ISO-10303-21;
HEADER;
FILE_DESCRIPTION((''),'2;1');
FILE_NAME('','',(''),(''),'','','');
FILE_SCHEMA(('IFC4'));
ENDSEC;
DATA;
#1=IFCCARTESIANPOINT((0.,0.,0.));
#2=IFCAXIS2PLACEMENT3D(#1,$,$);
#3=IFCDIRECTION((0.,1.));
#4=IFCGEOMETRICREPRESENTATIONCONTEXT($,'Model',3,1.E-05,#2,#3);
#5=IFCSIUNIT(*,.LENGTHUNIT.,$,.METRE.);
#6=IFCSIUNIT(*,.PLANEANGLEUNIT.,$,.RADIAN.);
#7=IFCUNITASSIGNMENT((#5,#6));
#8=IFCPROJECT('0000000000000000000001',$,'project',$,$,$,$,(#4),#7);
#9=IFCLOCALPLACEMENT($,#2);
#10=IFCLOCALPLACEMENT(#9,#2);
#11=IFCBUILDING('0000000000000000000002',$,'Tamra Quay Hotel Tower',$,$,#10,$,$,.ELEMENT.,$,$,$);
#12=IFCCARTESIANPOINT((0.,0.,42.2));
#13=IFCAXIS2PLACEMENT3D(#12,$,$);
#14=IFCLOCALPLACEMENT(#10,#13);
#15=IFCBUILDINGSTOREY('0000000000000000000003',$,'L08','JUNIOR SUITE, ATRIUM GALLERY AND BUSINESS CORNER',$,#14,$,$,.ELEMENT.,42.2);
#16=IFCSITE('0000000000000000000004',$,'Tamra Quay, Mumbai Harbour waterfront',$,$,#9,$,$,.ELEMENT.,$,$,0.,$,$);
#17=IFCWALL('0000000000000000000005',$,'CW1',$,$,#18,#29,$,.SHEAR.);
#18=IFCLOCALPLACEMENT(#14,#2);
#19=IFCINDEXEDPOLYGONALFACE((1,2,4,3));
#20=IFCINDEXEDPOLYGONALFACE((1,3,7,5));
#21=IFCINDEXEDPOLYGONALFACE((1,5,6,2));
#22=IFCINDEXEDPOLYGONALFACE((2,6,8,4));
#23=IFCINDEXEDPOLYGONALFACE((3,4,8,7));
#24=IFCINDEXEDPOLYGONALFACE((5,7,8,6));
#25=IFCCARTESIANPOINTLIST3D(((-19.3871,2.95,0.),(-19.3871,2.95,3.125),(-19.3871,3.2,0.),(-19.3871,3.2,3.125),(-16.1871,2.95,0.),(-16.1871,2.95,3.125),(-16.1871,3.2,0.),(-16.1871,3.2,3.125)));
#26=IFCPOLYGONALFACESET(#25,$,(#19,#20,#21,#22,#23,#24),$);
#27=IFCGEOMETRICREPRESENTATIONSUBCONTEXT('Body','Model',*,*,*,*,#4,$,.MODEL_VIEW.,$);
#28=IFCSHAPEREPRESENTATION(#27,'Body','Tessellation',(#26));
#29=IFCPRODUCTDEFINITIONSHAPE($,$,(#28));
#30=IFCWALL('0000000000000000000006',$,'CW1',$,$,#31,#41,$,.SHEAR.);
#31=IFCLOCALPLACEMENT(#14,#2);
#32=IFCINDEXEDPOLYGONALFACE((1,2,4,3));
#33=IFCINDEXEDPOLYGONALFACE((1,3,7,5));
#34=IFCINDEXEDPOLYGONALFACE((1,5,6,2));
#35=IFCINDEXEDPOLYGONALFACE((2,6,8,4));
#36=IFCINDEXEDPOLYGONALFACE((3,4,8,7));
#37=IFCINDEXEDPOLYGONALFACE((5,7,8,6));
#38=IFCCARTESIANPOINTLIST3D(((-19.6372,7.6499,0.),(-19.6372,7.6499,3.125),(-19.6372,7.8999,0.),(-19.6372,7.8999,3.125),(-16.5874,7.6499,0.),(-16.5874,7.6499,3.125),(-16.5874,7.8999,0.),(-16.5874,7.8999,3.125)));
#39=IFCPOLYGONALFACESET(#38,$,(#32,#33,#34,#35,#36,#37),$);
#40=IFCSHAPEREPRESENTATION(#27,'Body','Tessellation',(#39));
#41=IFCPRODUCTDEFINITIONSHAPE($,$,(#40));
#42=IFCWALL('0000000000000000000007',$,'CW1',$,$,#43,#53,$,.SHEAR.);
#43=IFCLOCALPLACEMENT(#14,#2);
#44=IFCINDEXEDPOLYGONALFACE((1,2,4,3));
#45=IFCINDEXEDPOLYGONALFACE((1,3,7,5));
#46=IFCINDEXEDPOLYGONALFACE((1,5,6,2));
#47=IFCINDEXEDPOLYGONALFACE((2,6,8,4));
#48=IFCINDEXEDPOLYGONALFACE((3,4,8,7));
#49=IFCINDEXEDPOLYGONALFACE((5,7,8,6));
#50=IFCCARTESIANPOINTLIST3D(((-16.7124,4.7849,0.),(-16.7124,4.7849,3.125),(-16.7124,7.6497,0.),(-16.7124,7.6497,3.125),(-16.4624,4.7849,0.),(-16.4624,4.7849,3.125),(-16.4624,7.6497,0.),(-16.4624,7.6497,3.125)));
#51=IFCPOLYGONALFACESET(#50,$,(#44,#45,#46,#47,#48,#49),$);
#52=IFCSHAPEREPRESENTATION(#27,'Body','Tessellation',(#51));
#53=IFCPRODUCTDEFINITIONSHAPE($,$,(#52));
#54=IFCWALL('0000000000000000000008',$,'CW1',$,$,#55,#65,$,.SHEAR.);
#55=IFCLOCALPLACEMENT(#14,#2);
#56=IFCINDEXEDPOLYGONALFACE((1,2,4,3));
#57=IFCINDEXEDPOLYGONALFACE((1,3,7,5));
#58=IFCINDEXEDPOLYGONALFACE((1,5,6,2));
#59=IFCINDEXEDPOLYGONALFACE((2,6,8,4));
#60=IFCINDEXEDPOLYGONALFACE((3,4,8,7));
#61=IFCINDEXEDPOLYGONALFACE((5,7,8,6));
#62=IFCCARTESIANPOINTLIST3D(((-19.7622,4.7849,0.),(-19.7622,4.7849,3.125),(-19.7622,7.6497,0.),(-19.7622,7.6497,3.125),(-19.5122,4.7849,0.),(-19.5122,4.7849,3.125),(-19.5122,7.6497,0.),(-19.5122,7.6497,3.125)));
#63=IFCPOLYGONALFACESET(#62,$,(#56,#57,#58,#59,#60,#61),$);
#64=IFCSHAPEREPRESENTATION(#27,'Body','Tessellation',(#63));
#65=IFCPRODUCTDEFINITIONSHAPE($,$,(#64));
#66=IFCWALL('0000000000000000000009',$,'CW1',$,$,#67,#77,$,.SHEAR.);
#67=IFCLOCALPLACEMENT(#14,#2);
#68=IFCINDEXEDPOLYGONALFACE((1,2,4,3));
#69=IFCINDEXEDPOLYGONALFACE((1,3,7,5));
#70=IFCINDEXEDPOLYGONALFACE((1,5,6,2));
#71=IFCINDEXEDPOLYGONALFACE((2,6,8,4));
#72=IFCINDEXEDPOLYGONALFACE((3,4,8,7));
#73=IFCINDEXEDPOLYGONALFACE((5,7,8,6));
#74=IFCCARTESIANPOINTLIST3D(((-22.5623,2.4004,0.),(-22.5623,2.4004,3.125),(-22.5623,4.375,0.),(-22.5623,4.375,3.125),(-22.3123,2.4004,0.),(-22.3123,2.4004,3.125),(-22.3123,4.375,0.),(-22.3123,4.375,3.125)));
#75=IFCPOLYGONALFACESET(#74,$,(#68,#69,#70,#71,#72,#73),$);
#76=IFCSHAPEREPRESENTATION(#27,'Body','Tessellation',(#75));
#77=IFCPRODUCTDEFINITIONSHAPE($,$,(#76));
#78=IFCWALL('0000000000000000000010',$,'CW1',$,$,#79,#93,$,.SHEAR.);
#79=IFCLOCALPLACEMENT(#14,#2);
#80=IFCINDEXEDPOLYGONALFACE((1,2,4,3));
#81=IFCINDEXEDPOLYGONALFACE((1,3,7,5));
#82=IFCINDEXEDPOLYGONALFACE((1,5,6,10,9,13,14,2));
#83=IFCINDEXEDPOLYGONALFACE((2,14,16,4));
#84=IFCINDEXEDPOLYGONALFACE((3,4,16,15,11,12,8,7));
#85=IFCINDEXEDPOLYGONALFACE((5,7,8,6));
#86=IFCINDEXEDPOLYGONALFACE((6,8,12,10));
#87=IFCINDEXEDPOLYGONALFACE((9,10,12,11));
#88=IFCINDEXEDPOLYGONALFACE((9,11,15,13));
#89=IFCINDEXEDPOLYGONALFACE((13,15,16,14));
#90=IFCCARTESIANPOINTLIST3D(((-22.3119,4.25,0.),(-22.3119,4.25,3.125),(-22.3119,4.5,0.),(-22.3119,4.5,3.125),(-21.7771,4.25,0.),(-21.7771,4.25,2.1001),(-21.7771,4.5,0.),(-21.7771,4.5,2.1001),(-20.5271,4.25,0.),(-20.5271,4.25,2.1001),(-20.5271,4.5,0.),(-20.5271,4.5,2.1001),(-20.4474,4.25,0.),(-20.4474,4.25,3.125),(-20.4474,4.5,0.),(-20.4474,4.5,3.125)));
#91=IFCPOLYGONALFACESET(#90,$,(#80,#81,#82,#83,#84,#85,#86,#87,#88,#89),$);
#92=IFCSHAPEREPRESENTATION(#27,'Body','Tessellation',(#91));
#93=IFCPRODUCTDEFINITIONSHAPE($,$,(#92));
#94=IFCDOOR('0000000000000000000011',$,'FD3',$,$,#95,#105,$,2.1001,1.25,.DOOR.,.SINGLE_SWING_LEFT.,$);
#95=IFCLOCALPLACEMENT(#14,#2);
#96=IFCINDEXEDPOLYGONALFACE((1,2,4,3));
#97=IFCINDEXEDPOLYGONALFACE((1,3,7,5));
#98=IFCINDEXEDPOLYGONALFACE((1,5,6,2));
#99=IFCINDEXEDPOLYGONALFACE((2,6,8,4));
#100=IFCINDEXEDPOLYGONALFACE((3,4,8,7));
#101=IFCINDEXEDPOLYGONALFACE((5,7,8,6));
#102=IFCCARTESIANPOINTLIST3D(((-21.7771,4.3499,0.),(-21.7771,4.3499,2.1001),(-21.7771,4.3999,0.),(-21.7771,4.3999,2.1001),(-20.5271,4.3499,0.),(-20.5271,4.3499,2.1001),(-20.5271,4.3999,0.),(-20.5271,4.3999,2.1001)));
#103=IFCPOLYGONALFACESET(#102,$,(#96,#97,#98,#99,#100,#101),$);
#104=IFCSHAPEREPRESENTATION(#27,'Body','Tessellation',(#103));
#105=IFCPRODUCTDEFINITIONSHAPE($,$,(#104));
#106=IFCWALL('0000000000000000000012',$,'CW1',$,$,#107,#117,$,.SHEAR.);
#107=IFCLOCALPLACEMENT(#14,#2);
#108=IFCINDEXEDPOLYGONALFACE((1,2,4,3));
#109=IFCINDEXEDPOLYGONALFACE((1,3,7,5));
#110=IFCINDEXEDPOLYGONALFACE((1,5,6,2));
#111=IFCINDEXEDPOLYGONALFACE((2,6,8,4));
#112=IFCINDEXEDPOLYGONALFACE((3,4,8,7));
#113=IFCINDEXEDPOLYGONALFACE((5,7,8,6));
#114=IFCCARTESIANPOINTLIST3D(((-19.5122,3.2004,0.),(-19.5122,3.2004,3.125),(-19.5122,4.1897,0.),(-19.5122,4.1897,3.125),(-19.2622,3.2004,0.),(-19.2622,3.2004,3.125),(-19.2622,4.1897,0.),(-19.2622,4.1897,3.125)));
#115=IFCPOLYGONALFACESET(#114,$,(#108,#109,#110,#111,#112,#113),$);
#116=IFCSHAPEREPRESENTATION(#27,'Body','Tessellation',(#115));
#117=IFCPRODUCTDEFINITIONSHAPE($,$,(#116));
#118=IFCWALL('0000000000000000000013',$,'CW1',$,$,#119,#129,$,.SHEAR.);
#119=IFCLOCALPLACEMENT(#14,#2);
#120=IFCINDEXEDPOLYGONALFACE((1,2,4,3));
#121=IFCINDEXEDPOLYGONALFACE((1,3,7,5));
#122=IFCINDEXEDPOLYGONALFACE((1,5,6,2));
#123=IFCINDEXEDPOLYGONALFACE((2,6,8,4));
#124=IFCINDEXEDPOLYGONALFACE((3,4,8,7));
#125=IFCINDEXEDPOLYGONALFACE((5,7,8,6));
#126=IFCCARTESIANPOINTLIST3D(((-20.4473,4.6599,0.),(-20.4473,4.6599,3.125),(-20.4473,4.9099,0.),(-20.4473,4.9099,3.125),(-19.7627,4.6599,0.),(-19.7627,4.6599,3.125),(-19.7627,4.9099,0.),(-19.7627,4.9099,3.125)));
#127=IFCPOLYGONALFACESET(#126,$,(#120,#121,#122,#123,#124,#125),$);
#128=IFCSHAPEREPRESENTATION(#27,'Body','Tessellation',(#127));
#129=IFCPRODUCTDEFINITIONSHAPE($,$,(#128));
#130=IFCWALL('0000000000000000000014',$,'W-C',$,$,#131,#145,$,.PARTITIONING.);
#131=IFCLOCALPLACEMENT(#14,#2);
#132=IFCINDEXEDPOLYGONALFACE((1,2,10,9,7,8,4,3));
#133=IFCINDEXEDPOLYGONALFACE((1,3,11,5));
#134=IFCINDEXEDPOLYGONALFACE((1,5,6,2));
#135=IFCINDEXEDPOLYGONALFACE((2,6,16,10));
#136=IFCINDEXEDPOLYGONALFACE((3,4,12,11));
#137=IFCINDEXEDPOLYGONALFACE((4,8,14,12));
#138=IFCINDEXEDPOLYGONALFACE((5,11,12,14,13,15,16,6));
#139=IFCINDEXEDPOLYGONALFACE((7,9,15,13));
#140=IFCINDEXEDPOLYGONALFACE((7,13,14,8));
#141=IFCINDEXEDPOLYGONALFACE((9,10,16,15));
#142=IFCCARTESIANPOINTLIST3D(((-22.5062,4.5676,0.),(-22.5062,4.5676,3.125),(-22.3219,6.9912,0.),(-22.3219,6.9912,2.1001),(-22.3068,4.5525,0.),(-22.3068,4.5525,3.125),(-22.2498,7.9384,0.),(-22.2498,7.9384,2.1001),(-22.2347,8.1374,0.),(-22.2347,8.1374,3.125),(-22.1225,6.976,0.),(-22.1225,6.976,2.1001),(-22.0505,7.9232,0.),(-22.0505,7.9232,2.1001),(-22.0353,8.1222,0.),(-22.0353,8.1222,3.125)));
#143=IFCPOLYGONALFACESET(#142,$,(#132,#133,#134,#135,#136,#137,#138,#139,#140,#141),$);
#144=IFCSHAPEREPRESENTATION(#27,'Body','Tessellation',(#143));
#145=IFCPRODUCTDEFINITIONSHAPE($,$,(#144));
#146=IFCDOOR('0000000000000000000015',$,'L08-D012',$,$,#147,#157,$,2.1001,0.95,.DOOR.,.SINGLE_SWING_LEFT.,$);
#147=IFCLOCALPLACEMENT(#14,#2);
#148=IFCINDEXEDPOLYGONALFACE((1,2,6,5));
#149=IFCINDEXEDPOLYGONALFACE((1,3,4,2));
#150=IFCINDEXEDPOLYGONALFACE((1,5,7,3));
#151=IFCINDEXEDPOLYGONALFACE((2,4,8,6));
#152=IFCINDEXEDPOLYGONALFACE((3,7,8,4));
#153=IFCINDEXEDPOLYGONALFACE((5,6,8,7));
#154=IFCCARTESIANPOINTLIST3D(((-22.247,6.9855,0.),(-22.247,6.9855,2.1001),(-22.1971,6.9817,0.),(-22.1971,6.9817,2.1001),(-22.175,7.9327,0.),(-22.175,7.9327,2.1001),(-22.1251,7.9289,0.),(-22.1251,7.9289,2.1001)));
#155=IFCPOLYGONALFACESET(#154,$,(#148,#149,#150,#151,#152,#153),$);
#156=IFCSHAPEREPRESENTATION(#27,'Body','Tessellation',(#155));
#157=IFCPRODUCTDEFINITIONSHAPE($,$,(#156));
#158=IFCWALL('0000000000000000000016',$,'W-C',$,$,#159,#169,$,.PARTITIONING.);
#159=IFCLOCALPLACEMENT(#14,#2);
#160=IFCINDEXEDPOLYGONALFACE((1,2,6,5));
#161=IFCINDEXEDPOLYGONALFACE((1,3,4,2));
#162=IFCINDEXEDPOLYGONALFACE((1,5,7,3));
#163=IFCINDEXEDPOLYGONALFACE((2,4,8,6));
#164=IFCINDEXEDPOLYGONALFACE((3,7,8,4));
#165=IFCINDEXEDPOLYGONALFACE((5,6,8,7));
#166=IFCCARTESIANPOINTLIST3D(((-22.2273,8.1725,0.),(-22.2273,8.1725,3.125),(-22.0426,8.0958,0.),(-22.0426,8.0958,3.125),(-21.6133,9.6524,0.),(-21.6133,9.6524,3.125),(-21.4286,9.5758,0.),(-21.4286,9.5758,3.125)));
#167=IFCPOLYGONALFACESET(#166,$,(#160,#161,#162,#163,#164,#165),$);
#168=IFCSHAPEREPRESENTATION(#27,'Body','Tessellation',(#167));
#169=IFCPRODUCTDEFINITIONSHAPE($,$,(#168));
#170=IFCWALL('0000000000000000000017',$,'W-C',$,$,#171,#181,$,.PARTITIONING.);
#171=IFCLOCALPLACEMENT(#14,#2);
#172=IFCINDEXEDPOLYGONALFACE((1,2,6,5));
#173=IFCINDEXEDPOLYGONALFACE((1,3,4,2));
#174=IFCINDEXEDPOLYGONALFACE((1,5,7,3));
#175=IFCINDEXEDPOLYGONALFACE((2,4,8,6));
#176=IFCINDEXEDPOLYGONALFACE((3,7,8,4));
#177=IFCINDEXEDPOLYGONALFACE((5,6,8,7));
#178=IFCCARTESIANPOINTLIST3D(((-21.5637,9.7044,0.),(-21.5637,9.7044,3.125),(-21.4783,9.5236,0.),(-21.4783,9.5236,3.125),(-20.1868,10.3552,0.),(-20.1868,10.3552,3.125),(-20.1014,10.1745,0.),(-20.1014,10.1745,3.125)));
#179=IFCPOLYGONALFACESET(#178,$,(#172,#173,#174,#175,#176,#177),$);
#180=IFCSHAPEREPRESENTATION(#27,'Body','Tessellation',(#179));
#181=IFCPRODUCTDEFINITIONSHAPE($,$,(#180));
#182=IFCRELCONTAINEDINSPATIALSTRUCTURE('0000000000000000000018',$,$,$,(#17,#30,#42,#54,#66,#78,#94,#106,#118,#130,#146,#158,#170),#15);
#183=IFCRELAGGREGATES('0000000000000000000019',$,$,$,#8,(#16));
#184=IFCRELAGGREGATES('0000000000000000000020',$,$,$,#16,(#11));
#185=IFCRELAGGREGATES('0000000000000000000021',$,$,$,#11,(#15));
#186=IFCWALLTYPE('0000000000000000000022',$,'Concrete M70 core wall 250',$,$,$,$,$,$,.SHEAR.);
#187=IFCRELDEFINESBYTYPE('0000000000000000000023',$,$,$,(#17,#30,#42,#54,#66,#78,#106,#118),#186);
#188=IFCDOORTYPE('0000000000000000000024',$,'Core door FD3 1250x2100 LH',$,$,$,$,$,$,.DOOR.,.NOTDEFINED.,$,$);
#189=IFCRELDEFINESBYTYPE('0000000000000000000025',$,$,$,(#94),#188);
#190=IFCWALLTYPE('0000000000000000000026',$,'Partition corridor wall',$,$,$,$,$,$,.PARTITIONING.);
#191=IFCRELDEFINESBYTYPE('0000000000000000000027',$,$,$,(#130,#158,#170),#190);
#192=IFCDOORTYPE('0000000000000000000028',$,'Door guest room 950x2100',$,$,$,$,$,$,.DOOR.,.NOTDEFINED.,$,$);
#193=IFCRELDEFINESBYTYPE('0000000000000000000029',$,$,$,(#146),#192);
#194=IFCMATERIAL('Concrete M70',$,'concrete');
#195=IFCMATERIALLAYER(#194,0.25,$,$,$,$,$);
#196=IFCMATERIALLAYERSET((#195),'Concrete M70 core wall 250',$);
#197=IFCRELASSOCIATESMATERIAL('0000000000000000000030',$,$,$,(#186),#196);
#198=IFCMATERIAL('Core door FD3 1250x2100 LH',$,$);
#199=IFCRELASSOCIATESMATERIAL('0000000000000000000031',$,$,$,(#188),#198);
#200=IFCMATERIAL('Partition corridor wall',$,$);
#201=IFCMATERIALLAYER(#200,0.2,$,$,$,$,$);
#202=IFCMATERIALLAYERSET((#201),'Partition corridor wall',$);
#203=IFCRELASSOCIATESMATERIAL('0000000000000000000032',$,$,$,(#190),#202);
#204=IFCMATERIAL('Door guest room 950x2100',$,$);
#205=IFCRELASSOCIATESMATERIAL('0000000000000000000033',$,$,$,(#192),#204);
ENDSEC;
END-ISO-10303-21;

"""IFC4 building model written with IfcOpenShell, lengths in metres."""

from ifc_helpers import new_model, si_unit, direction, frame, frame_2d, origin, place, context, subcontext, project, spatial, rectangle, extrude, material, layer, layer_set, type_object, element, fill, save


model = new_model("IFC4")

# Units and contexts
model_context = context("Model", 3, precision=1e-05, world=origin(), true_north=direction((0.0, 1.0)))
body_context = subcontext(model_context, "Body", "Model", "MODEL_VIEW")
ifc_project = project(units=[si_unit("LENGTHUNIT", "METRE"), si_unit("PLANEANGLEUNIT", "RADIAN")], contexts=[model_context])

# Site, building, storey
site_placement = place(None, origin())
site = spatial("IfcSite", under=ifc_project, at=site_placement, Name="Tamra Quay, Mumbai Harbour waterfront", CompositionType="ELEMENT", RefElevation=0.0)
building_placement = place(site_placement, origin())
building = spatial("IfcBuilding", under=site, at=building_placement, Name="Tamra Quay Hotel Tower", CompositionType="ELEMENT")
storey_placement = place(building_placement, frame((0.0, 0.0, 42.2)))
storey = spatial("IfcBuildingStorey", under=building, at=storey_placement, Name="L08", Description="JUNIOR SUITE, ATRIUM GALLERY AND BUSINESS CORNER", CompositionType="ELEMENT", Elevation=42.2)

# Shared definitions
ifc_material_1 = material(Name="Concrete M70", Category="concrete")

# Walls
ifc_layer_1 = layer(ifc_material_1, 0.25)
ifc_layer_set_1 = layer_set([ifc_layer_1], Name="Concrete M70 core wall 250")
wall_type_1 = type_object("IfcWallType", Name="Concrete M70 core wall 250", PredefinedType="SHEAR", material=ifc_layer_set_1)
wall_1_placement = place(storey_placement, frame((-19.3872, 3.075, 0.0), z_axis=(0.0, 0.0, 1.0), x_axis=(1.0, 0.0, 0.0)))
element("IfcWall", 1, at=wall_1_placement, inside=storey, type_object=wall_type_1, Name="CW1", PredefinedType="SHEAR", context=body_context, shape_type="SweptSolid", body=[
    extrude(rectangle(XDim=3.2, YDim=0.25, at=frame_2d((1.6001, 0.0))), origin(), (0.0, 0.0, 1.0), 3.125),
])
wall_2_placement = place(storey_placement, frame((-19.6372, 7.7749, 0.0), z_axis=(0.0, 0.0, 1.0), x_axis=(1.0, 0.0, 0.0)))
element("IfcWall", 2, at=wall_2_placement, inside=storey, type_object=wall_type_1, Name="CW1", PredefinedType="SHEAR", context=body_context, shape_type="SweptSolid", body=[
    extrude(rectangle(XDim=3.0498, YDim=0.25, at=frame_2d((1.5249, 0.0))), origin(), (0.0, 0.0, 1.0), 3.125),
])
for number, where, z_axis, x_axis, name in (
    (3, (-16.5874, 7.6497, 0.0), (0.0, 0.0, 1.0), (0.0, -1.0, 0.0), "CW1"),
    (4, (-19.6372, 4.7849, 0.0), (0.0, 0.0, 1.0), (0.0, 1.0, 0.0), "CW1"),
):
    element("IfcWall", number, at=place(storey_placement, frame(where, z_axis=z_axis, x_axis=x_axis)), inside=storey, type_object=wall_type_1, Name=name, PredefinedType="SHEAR", context=body_context, shape_type="SweptSolid", body=[
        extrude(rectangle(XDim=2.8647, YDim=0.25, at=frame_2d((1.4324, 0.0))), origin(), (0.0, 0.0, 1.0), 3.125),
    ])
wall_3_placement = place(storey_placement, frame((-22.4373, 2.4004, 0.0), z_axis=(0.0, 0.0, 1.0), x_axis=(0.0, 1.0, 0.0)))
element("IfcWall", 5, at=wall_3_placement, inside=storey, type_object=wall_type_1, Name="CW1", PredefinedType="SHEAR", context=body_context, shape_type="SweptSolid", body=[
    extrude(rectangle(XDim=1.9746, YDim=0.25, at=frame_2d((0.9873, 0.0))), origin(), (0.0, 0.0, 1.0), 3.125),
])

# Wall, opening, door
wall_4_placement = place(storey_placement, frame((-22.3118, 4.375, 0.0), z_axis=(0.0, 0.0, 1.0), x_axis=(1.0, 0.0, 0.0)))
wall_4 = element("IfcWall", 6, at=wall_4_placement, inside=storey, type_object=wall_type_1, Name="CW1", PredefinedType="SHEAR", context=body_context, shape_type="SweptSolid", body=[
    extrude(rectangle(XDim=1.8645, YDim=0.25, at=frame_2d((0.9321, 0.0))), origin(), (0.0, 0.0, 1.0), 3.125),
])
opening_1_placement = place(wall_4_placement, frame((0.5347, 0.0, 0.0)))
opening_1 = element("IfcOpeningElement", 7, at=opening_1_placement, cuts=wall_4, PredefinedType="OPENING", context=body_context, shape_type="SweptSolid", body=[
    extrude(rectangle(XDim=1.25, YDim=2.1001, at=frame_2d((0.625, 1.05))), frame((0.0, 0.135, 0.0), z_axis=(0.0, -1.0, 0.0), x_axis=(1.0, 0.0, 0.0)), (0.0, 0.0, 1.0), 0.27),
])
ifc_material_2 = material(Name="Core door FD3 1250x2100 LH")
door_type_1 = type_object("IfcDoorType", Name="Core door FD3 1250x2100 LH", OperationType="NOTDEFINED", PredefinedType="DOOR", material=ifc_material_2)
door_1_placement = place(opening_1_placement, origin())
door_1 = element("IfcDoor", 8, at=door_1_placement, inside=storey, type_object=door_type_1, Name="FD3", OperationType="SINGLE_SWING_LEFT", OverallHeight=2.1001, OverallWidth=1.25, PredefinedType="DOOR", context=body_context, shape_type="SweptSolid", body=[
    extrude(rectangle(XDim=1.25, YDim=2.1001, at=frame_2d((0.625, 1.05))), frame((0.0, 0.0249, 0.0), z_axis=(0.0, -1.0, 0.0), x_axis=(1.0, 0.0, 0.0)), (0.0, 0.0, 1.0), 0.05),
])
fill(opening_1, door_1)

# Walls
wall_5_placement = place(storey_placement, frame((-19.3872, 4.1897, 0.0), z_axis=(0.0, 0.0, 1.0), x_axis=(0.0, -1.0, 0.0)))
element("IfcWall", 9, at=wall_5_placement, inside=storey, type_object=wall_type_1, Name="CW1", PredefinedType="SHEAR", context=body_context, shape_type="SweptSolid", body=[
    extrude(rectangle(XDim=0.9893, YDim=0.25, at=frame_2d((0.4946, 0.0))), origin(), (0.0, 0.0, 1.0), 3.125),
])
wall_6_placement = place(storey_placement, frame((-20.4473, 4.7849, 0.0), z_axis=(0.0, 0.0, 1.0), x_axis=(1.0, 0.0, 0.0)))
element("IfcWall", 10, at=wall_6_placement, inside=storey, type_object=wall_type_1, Name="CW1", PredefinedType="SHEAR", context=body_context, shape_type="SweptSolid", body=[
    extrude(rectangle(XDim=0.6846, YDim=0.25, at=frame_2d((0.3423, 0.0))), origin(), (0.0, 0.0, 1.0), 3.125),
])

# Wall, opening, door
ifc_material_3 = material(Name="Partition corridor wall")
ifc_layer_2 = layer(ifc_material_3, 0.2)
ifc_layer_set_2 = layer_set([ifc_layer_2], Name="Partition corridor wall")
wall_type_2 = type_object("IfcWallType", Name="Partition corridor wall", PredefinedType="PARTITIONING", material=ifc_layer_set_2)
wall_7_placement = place(storey_placement, frame((-22.4065, 4.5601, 0.0), z_axis=(0.0, 0.0, 1.0), x_axis=(0.075831, 0.997121, 0.0)))
wall_7 = element("IfcWall", 11, at=wall_7_placement, inside=storey, type_object=wall_type_2, Name="W-C", PredefinedType="PARTITIONING", context=body_context, shape_type="SweptSolid", body=[
    extrude(rectangle(XDim=3.5801, YDim=0.2, at=frame_2d((1.79, 0.0))), origin(), (0.0, 0.0, 1.0), 3.125),
])
opening_2_placement = place(wall_7_placement, frame((2.4304, 0.0, 0.0)))
opening_2 = element("IfcOpeningElement", 12, at=opening_2_placement, cuts=wall_7, PredefinedType="OPENING", context=body_context, shape_type="SweptSolid", body=[
    extrude(rectangle(XDim=0.95, YDim=2.1001, at=frame_2d((0.4751, 1.05))), frame((0.0, 0.1099, 0.0), z_axis=(0.0, -1.0, 0.0), x_axis=(1.0, 0.0, 0.0)), (0.0, 0.0, 1.0), 0.22),
])
ifc_material_4 = material(Name="Door guest room 950x2100")
door_type_2 = type_object("IfcDoorType", Name="Door guest room 950x2100", OperationType="NOTDEFINED", PredefinedType="DOOR", material=ifc_material_4)
door_2_placement = place(opening_2_placement, origin())
door_2 = element("IfcDoor", 13, at=door_2_placement, inside=storey, type_object=door_type_2, Name="L08-D012", OperationType="SINGLE_SWING_LEFT", OverallHeight=2.1001, OverallWidth=0.95, PredefinedType="DOOR", context=body_context, shape_type="SweptSolid", body=[
    extrude(rectangle(XDim=0.95, YDim=2.1001, at=frame_2d((0.4751, 1.05))), frame((0.0, 0.0249, 0.0), z_axis=(0.0, -1.0, 0.0), x_axis=(1.0, 0.0, 0.0)), (0.0, 0.0, 1.0), 0.05),
])
fill(opening_2, door_2)

# Walls
wall_8_placement = place(storey_placement, frame((-22.135, 8.134, 0.0), z_axis=(0.0, 0.0, 1.0), x_axis=(0.383208, 0.923662, 0.0)))
element("IfcWall", 14, at=wall_8_placement, inside=storey, type_object=wall_type_2, Name="W-C", PredefinedType="PARTITIONING", context=body_context, shape_type="SweptSolid", body=[
    extrude(rectangle(XDim=1.6023, YDim=0.2, at=frame_2d((0.8013, 0.0))), origin(), (0.0, 0.0, 1.0), 3.125),
])
wall_9_placement = place(storey_placement, frame((-21.521, 9.614, 0.0), z_axis=(0.0, 0.0, 1.0), x_axis=(0.904084, 0.427356, 0.0)))
element("IfcWall", 15, at=wall_9_placement, inside=storey, type_object=wall_type_2, Name="W-C", PredefinedType="PARTITIONING", context=body_context, shape_type="SweptSolid", body=[
    extrude(rectangle(XDim=1.5229, YDim=0.2, at=frame_2d((0.7615, 0.0))), origin(), (0.0, 0.0, 1.0), 3.125),
])

save(model, "model.ifc")
